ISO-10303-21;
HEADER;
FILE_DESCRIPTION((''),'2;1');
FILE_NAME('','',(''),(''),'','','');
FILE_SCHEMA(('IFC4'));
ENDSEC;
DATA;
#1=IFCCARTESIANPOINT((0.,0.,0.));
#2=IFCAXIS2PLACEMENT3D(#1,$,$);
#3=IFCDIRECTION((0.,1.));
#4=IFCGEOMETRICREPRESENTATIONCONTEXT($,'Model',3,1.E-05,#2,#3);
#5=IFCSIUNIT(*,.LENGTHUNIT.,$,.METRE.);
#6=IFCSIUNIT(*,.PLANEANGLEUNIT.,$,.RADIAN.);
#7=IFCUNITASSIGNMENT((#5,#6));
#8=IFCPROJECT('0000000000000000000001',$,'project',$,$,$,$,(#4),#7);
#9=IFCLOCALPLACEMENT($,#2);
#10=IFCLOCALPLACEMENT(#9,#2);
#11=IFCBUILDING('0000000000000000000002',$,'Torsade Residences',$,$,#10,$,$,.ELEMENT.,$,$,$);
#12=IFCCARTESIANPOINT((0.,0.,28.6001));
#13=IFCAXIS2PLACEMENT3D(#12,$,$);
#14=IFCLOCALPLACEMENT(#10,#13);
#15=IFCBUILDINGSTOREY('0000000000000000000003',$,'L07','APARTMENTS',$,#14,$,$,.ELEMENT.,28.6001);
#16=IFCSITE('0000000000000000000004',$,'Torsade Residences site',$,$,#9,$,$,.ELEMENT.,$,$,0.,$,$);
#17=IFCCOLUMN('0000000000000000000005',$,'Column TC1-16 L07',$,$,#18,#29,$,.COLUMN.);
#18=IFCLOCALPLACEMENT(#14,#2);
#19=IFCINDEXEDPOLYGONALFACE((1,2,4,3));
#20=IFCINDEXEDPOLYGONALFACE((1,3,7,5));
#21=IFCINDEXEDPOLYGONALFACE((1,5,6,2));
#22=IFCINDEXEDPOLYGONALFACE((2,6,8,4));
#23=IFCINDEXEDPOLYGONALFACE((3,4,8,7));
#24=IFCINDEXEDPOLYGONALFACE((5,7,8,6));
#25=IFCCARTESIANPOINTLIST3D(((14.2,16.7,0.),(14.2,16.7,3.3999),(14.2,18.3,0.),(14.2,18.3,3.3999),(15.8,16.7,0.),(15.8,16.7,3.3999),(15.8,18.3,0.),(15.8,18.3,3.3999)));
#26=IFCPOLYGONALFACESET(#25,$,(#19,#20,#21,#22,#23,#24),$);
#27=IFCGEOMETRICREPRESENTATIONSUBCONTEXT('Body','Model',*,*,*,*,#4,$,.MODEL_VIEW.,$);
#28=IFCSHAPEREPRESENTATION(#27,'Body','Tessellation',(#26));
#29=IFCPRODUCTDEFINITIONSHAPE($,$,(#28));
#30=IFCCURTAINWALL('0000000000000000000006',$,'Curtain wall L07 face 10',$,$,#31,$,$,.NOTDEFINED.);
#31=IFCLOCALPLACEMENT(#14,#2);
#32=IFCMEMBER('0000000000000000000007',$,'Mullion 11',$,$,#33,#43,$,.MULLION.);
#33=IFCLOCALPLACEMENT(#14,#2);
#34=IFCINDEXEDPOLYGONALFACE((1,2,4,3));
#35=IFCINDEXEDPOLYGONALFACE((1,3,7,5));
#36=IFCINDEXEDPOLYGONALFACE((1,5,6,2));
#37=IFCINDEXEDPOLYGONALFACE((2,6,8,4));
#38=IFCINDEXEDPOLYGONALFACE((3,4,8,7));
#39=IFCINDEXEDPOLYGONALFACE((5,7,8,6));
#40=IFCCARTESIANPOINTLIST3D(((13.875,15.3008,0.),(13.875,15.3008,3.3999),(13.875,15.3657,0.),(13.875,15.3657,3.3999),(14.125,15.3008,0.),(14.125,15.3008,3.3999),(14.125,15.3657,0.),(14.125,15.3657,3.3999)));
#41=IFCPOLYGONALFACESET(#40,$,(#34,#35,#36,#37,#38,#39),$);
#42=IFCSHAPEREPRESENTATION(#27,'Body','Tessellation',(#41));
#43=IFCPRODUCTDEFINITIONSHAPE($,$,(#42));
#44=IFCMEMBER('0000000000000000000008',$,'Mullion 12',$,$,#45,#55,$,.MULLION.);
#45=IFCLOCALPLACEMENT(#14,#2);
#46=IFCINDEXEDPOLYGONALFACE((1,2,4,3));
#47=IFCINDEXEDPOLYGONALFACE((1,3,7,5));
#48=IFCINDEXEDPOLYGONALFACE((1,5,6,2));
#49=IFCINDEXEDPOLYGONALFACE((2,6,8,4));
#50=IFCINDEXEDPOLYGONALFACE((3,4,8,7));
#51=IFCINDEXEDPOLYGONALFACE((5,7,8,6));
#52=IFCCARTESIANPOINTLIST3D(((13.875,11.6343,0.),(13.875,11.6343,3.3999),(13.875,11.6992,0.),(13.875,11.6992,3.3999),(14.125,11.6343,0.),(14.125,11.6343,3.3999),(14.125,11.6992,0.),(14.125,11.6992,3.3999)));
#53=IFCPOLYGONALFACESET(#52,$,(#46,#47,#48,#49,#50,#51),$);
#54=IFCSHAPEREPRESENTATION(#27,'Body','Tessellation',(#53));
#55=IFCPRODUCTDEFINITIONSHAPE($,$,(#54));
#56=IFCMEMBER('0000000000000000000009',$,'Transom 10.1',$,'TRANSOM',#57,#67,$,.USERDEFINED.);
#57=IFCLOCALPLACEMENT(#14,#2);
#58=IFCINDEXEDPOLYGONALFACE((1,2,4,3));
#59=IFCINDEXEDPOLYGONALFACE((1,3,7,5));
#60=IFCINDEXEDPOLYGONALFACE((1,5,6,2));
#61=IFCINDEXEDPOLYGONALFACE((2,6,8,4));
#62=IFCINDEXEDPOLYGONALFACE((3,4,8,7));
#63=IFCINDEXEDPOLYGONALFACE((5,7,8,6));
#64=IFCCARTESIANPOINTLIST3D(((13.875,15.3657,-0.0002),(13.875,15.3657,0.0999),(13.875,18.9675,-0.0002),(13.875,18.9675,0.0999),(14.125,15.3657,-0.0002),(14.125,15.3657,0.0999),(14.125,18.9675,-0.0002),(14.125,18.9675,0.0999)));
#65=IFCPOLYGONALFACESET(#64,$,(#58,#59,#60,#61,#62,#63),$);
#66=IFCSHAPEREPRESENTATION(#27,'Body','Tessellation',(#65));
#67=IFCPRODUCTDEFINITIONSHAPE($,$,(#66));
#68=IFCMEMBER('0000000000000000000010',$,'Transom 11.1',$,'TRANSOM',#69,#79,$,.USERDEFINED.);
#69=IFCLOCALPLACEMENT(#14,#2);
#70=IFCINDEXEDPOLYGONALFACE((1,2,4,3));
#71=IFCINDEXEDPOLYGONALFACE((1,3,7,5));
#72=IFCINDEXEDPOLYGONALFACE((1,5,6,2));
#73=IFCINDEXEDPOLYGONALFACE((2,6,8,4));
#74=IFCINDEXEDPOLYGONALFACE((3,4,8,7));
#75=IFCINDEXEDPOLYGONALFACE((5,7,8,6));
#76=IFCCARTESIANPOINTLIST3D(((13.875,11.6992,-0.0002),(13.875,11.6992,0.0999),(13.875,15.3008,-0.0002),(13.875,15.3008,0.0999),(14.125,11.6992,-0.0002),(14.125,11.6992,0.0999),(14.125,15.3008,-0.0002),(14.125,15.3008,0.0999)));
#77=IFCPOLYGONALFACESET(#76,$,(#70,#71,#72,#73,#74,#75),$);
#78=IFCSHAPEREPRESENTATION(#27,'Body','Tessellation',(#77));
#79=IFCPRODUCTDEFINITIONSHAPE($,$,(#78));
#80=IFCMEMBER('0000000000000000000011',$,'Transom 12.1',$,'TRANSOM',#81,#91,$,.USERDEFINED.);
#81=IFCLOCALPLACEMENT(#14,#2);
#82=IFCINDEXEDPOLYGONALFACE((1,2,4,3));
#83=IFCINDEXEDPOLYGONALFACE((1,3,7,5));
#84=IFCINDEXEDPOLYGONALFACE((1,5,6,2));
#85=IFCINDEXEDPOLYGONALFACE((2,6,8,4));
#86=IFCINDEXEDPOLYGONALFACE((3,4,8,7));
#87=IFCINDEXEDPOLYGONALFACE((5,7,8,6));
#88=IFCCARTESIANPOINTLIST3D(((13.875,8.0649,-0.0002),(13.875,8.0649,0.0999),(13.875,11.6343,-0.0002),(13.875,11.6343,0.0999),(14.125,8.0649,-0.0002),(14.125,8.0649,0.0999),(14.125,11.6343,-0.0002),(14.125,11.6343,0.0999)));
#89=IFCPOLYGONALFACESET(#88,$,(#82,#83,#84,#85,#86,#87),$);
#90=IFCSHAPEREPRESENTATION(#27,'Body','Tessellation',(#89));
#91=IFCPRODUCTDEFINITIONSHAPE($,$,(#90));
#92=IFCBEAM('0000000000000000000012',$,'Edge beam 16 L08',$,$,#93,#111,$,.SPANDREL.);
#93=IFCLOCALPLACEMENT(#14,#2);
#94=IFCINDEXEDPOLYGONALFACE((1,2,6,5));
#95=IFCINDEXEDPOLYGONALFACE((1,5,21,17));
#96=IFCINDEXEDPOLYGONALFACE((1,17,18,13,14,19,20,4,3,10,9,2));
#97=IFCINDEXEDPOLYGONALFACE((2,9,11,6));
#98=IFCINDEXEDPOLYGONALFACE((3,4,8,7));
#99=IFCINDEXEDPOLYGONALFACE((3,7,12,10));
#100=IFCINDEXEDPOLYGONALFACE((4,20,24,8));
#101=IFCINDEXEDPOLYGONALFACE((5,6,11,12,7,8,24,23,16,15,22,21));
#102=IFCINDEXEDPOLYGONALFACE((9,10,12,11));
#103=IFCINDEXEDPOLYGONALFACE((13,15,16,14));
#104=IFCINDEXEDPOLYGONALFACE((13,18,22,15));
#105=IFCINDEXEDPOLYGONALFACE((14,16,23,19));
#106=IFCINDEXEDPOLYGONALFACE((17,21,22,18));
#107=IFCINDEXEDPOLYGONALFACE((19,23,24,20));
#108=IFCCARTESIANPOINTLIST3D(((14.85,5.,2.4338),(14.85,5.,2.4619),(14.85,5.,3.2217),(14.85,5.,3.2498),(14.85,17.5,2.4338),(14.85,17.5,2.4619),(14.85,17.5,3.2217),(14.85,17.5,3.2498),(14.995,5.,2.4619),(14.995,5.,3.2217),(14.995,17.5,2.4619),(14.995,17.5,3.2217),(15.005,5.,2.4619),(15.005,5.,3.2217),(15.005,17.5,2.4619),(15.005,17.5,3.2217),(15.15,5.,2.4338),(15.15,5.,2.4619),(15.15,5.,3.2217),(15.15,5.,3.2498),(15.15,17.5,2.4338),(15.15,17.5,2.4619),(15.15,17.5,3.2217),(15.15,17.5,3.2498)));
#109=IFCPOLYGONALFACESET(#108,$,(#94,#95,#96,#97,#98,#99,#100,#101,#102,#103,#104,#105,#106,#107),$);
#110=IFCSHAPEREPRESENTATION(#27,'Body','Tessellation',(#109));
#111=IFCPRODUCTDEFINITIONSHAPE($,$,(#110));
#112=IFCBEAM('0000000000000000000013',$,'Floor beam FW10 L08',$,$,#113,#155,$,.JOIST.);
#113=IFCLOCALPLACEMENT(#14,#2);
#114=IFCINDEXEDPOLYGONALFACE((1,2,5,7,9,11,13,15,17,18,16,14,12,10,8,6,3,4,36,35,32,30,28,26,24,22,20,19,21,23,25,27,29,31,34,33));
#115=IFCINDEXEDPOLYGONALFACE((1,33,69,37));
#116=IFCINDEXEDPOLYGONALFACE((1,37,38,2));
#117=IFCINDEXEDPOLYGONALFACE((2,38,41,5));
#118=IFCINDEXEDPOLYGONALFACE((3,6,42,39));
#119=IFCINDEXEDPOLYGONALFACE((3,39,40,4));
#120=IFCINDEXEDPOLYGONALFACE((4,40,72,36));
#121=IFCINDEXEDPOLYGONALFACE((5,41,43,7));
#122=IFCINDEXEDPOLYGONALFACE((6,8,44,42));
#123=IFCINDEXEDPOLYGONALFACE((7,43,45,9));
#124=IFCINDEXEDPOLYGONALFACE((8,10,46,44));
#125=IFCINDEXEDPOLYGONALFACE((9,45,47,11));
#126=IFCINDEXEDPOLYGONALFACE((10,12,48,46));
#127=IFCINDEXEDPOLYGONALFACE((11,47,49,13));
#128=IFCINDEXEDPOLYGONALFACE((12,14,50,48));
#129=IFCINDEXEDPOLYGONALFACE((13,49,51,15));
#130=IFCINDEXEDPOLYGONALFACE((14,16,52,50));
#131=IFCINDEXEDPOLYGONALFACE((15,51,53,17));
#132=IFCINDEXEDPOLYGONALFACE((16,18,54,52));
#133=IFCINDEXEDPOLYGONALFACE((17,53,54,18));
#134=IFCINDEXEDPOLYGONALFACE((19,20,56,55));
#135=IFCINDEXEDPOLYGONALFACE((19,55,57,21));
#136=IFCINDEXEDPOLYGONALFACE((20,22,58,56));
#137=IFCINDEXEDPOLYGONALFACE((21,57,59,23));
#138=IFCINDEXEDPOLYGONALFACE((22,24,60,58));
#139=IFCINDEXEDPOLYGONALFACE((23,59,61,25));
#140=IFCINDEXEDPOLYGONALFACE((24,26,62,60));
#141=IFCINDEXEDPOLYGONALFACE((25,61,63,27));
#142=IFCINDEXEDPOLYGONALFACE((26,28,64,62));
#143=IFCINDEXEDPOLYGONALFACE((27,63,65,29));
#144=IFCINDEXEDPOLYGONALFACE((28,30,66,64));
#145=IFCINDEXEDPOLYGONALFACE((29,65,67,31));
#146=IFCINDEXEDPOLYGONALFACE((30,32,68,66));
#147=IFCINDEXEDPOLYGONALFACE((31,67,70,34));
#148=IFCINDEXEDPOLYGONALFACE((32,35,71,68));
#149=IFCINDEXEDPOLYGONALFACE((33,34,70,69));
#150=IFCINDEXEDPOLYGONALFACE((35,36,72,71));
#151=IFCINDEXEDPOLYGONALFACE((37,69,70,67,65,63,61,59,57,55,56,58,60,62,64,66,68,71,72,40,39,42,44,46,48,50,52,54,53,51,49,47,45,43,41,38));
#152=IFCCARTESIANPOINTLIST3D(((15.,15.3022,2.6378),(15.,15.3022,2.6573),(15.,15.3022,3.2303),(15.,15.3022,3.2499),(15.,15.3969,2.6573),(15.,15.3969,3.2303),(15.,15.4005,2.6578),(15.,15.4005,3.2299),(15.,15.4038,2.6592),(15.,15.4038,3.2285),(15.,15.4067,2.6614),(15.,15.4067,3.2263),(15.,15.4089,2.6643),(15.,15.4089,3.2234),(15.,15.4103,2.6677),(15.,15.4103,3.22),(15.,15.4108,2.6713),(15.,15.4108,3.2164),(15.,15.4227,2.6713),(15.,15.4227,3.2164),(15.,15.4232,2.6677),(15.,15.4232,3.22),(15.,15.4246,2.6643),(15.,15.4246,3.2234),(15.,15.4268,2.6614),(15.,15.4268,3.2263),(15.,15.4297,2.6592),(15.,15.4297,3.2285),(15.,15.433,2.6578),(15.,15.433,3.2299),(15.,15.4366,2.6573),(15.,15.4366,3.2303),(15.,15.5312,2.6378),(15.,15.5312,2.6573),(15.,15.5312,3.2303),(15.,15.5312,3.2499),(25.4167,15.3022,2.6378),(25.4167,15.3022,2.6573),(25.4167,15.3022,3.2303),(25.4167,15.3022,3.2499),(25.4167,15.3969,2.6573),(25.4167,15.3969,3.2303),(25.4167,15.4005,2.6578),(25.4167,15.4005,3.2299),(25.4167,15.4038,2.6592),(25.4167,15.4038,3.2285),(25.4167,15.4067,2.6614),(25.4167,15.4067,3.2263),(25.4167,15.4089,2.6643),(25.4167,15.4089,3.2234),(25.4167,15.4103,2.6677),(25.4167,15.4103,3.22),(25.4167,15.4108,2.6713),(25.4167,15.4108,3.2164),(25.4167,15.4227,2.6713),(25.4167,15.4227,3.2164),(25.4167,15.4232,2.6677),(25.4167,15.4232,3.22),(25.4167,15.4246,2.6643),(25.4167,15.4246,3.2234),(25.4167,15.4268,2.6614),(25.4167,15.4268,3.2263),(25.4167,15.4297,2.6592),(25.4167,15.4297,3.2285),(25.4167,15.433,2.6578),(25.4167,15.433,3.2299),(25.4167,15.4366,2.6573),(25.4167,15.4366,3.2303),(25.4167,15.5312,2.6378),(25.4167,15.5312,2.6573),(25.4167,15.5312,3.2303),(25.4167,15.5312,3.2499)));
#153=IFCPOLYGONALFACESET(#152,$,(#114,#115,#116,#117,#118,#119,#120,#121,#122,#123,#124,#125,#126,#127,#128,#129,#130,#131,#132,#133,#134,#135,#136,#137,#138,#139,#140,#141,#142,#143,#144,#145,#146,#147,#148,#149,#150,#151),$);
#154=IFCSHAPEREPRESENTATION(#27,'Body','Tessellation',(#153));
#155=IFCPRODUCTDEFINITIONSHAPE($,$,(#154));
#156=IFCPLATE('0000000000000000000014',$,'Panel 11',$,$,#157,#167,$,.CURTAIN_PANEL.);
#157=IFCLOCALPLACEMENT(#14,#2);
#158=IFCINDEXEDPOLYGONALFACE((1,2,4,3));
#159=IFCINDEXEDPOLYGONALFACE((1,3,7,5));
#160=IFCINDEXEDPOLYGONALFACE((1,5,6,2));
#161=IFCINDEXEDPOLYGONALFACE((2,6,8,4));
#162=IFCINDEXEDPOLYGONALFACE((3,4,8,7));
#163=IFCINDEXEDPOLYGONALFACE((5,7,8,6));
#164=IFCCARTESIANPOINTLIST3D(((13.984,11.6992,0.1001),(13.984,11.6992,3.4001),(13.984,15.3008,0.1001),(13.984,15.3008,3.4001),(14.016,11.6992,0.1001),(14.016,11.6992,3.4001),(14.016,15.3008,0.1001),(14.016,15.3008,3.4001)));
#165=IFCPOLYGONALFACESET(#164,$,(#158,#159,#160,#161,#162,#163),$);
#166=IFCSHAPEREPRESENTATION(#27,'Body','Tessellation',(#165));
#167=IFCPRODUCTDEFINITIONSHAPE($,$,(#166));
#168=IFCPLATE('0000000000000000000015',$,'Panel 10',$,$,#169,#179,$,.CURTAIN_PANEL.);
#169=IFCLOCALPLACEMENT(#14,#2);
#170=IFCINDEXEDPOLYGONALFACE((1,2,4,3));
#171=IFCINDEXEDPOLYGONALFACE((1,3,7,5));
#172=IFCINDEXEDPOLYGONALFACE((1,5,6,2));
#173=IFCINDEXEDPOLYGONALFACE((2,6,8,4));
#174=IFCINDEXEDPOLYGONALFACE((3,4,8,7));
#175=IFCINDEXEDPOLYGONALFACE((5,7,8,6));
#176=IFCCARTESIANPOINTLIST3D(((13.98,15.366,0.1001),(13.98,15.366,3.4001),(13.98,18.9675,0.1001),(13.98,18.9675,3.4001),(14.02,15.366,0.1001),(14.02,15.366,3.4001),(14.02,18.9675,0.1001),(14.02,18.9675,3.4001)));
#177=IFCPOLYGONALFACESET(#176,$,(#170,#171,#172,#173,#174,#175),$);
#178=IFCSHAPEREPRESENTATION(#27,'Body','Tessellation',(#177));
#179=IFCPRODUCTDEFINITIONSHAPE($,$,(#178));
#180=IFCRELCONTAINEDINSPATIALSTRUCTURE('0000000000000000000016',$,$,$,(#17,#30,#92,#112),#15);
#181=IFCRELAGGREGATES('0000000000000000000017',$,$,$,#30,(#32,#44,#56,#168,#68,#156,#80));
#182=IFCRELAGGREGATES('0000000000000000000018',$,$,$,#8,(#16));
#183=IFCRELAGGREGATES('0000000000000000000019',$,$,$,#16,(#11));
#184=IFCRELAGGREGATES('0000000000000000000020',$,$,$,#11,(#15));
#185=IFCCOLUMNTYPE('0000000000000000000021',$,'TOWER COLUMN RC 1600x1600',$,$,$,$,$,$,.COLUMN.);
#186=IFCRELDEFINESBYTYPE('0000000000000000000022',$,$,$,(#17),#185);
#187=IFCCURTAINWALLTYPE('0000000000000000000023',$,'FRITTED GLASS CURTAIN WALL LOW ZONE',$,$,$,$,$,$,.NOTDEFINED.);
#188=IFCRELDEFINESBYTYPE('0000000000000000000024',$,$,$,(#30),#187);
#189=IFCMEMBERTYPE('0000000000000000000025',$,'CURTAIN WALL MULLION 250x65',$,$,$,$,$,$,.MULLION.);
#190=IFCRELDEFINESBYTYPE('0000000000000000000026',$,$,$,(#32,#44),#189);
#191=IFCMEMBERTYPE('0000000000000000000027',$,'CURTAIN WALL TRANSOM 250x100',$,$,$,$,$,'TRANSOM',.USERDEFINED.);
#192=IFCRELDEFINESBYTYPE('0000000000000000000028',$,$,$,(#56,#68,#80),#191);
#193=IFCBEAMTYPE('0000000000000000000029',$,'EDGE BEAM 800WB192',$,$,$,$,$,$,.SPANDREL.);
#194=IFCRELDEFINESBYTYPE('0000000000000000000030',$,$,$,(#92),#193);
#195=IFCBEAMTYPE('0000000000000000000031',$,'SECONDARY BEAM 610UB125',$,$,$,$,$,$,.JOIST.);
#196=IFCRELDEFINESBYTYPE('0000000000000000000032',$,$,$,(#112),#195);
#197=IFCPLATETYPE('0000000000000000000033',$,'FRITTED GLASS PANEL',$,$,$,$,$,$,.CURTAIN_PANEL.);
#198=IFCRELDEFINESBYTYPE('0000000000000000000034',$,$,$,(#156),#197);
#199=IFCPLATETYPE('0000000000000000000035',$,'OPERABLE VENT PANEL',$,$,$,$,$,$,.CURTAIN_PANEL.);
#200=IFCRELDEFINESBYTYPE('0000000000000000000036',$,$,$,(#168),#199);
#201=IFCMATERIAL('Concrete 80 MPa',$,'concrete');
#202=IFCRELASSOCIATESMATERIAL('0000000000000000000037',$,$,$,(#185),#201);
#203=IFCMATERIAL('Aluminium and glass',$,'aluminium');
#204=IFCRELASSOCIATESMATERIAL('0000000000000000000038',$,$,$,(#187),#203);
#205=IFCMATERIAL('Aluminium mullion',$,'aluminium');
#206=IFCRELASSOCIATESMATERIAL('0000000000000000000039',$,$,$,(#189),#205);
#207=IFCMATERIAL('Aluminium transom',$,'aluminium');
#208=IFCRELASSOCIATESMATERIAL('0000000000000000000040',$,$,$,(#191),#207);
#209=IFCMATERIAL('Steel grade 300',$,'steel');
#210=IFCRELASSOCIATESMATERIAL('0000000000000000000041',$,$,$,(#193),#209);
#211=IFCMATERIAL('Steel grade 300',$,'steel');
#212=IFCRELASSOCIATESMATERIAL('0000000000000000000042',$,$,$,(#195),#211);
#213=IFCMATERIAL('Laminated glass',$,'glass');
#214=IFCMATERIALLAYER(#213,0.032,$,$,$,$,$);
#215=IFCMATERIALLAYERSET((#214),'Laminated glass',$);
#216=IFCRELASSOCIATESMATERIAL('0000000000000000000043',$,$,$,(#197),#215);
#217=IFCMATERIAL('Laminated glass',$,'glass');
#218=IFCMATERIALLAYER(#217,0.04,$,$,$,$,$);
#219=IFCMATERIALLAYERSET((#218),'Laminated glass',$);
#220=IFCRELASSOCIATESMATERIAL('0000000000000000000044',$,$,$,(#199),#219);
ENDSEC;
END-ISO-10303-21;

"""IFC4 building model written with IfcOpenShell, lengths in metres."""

from ifc_helpers import new_model, si_unit, direction, frame, origin, origin_2d, place, context, subcontext, project, spatial, rectangle, i_section, extrude, material, layer, layer_set, material_profile, profile_set, type_object, element, aggregate, save


model = new_model("IFC4")

# Units and contexts
model_context = context("Model", 3, precision=1e-05, world=origin(), true_north=direction((0.0, 1.0)))
body_context = subcontext(model_context, "Body", "Model", "MODEL_VIEW")
ifc_project = project(units=[si_unit("LENGTHUNIT", "METRE"), si_unit("PLANEANGLEUNIT", "RADIAN")], contexts=[model_context])

# Site, building, storey
site_placement = place(None, origin())
site = spatial("IfcSite", under=ifc_project, at=site_placement, Name="Torsade Residences site", CompositionType="ELEMENT", RefElevation=0.0)
building_placement = place(site_placement, origin())
building = spatial("IfcBuilding", under=site, at=building_placement, Name="Torsade Residences", CompositionType="ELEMENT")
storey_placement = place(building_placement, frame((0.0, 0.0, 28.6001)))
storey = spatial("IfcBuildingStorey", under=building, at=storey_placement, Name="L07", Description="APARTMENTS", CompositionType="ELEMENT", Elevation=28.6001)

# Column
ifc_material_1 = material(Name="Concrete 80 MPa", Category="concrete")
ifc_material_profile_1 = material_profile(ifc_material_1, rectangle(XDim=1.6001, YDim=1.6001, at=origin_2d()), Name="RC 1600x1600")
ifc_profile_set_1 = profile_set([ifc_material_profile_1], Name="Concrete 80 MPa")
column_type = type_object("IfcColumnType", Name="TOWER COLUMN RC 1600x1600", PredefinedType="COLUMN", material=ifc_profile_set_1)
column_placement = place(storey_placement, frame((15.0, 17.5, 0.0), z_axis=(0.0, 0.0, 1.0), x_axis=(1.0, 0.0, 0.0)))
element("IfcColumn", 1, at=column_placement, inside=storey, type_object=column_type, Name="Column TC1-16 L07", PredefinedType="COLUMN", context=body_context, shape_type="SweptSolid", body=[
    extrude(rectangle(XDim=1.6001, YDim=1.6001, at=origin_2d()), origin(), (0.0, 0.0, 1.0), 3.3999),
])

# Curtain wall, members
ifc_material_2 = material(Name="Aluminium and glass", Category="aluminium")
curtain_wall_type = type_object("IfcCurtainWallType", Name="FRITTED GLASS CURTAIN WALL LOW ZONE", PredefinedType="NOTDEFINED", material=ifc_material_2)
curtain_wall_placement = place(storey_placement, origin())
curtain_wall = element("IfcCurtainWall", 2, at=curtain_wall_placement, inside=storey, type_object=curtain_wall_type, Name="Curtain wall L07 face 10", PredefinedType="NOTDEFINED")
ifc_material_3 = material(Name="Aluminium mullion", Category="aluminium")
ifc_material_profile_2 = material_profile(ifc_material_3, rectangle(XDim=0.25, YDim=0.0649, at=origin_2d()), Name="CURTAIN WALL MULLION 250x65")
ifc_profile_set_2 = profile_set([ifc_material_profile_2], Name="Aluminium mullion")
member_type_1 = type_object("IfcMemberType", Name="CURTAIN WALL MULLION 250x65", PredefinedType="MULLION", material=ifc_profile_set_2)
member_1_placement = place(storey_placement, frame((14.0, 15.3333, 0.0), z_axis=(0.0, 0.0, 1.0), x_axis=(1.0, 0.0, 0.0)))
member_1 = element("IfcMember", 3, at=member_1_placement, type_object=member_type_1, Name="Mullion 11", PredefinedType="MULLION", context=body_context, shape_type="SweptSolid", body=[
    extrude(rectangle(XDim=0.25, YDim=0.0649, at=origin_2d()), origin(), (0.0, 0.0, 1.0), 3.3999),
])
member_2_placement = place(storey_placement, frame((14.0, 11.6667, 0.0), z_axis=(0.0, 0.0, 1.0), x_axis=(1.0, 0.0, 0.0)))
member_2 = element("IfcMember", 4, at=member_2_placement, type_object=member_type_1, Name="Mullion 12", PredefinedType="MULLION", context=body_context, shape_type="SweptSolid", body=[
    extrude(rectangle(XDim=0.25, YDim=0.0649, at=origin_2d()), origin(), (0.0, 0.0, 1.0), 3.3999),
])
ifc_material_4 = material(Name="Aluminium transom", Category="aluminium")
ifc_material_profile_3 = material_profile(ifc_material_4, rectangle(XDim=0.25, YDim=0.1001, at=origin_2d()), Name="CURTAIN WALL TRANSOM 250x100")
ifc_profile_set_3 = profile_set([ifc_material_profile_3], Name="Aluminium transom")
member_type_2 = type_object("IfcMemberType", Name="CURTAIN WALL TRANSOM 250x100", ElementType="TRANSOM", PredefinedType="USERDEFINED", material=ifc_profile_set_3)
member_3_placement = place(storey_placement, frame((14.0, 18.9675, 0.0498), z_axis=(0.0, -1.0, 0.0), x_axis=(1.0, 0.0, 0.0)))
member_3 = element("IfcMember", 5, at=member_3_placement, type_object=member_type_2, Name="Transom 10.1", ObjectType="TRANSOM", PredefinedType="USERDEFINED", context=body_context, shape_type="SweptSolid", body=[
    extrude(rectangle(XDim=0.25, YDim=0.1001, at=origin_2d()), origin(), (0.0, 0.0, 1.0), 3.6018),
])
member_4_placement = place(storey_placement, frame((14.0, 15.3008, 0.0498), z_axis=(0.0, -1.0, 0.0), x_axis=(1.0, 0.0, 0.0)))
member_4 = element("IfcMember", 6, at=member_4_placement, type_object=member_type_2, Name="Transom 11.1", ObjectType="TRANSOM", PredefinedType="USERDEFINED", context=body_context, shape_type="SweptSolid", body=[
    extrude(rectangle(XDim=0.25, YDim=0.1001, at=origin_2d()), origin(), (0.0, 0.0, 1.0), 3.6016),
])
member_5_placement = place(storey_placement, frame((14.0, 11.6343, 0.0498), z_axis=(0.0, -1.0, 0.0), x_axis=(1.0, 0.0, 0.0)))
member_5 = element("IfcMember", 7, at=member_5_placement, type_object=member_type_2, Name="Transom 12.1", ObjectType="TRANSOM", PredefinedType="USERDEFINED", context=body_context, shape_type="SweptSolid", body=[
    extrude(rectangle(XDim=0.25, YDim=0.1001, at=origin_2d()), origin(), (0.0, 0.0, 1.0), 3.5693),
])

# Beams
ifc_material_5 = material(Name="Steel grade 300", Category="steel")
ifc_material_profile_4 = material_profile(ifc_material_5, i_section(OverallWidth=0.3, OverallDepth=0.8159, WebThickness=0.01, FlangeThickness=0.0281, at=origin_2d()), Name="800WB192")
ifc_profile_set_4 = profile_set([ifc_material_profile_4], Name="Steel grade 300")
beam_type_1 = type_object("IfcBeamType", Name="EDGE BEAM 800WB192", PredefinedType="SPANDREL", material=ifc_profile_set_4)
beam_1_placement = place(storey_placement, frame((15.0, 17.5, 2.8418), z_axis=(0.0, -1.0, 0.0), x_axis=(1.0, 0.0, 0.0)))
element("IfcBeam", 8, at=beam_1_placement, inside=storey, type_object=beam_type_1, Name="Edge beam 16 L08", PredefinedType="SPANDREL", context=body_context, shape_type="SweptSolid", body=[
    extrude(i_section(OverallWidth=0.3, OverallDepth=0.8159, WebThickness=0.01, FlangeThickness=0.0281, at=origin_2d()), origin(), (0.0, 0.0, 1.0), 12.5),
])
ifc_material_6 = material(Name="Steel grade 300", Category="steel")
ifc_material_profile_5 = material_profile(ifc_material_6, i_section(OverallWidth=0.229, OverallDepth=0.6121, WebThickness=0.012, FlangeThickness=0.0195, FilletRadius=0.0139, at=origin_2d()), Name="610UB125")
ifc_profile_set_5 = profile_set([ifc_material_profile_5], Name="Steel grade 300")
beam_type_2 = type_object("IfcBeamType", Name="SECONDARY BEAM 610UB125", PredefinedType="JOIST", material=ifc_profile_set_5)
beam_2_placement = place(storey_placement, frame((15.0, 15.4167, 2.9438), z_axis=(1.0, 0.0, 0.0), x_axis=(0.0, 1.0, 0.0)))
element("IfcBeam", 9, at=beam_2_placement, inside=storey, type_object=beam_type_2, Name="Floor beam FW10 L08", PredefinedType="JOIST", context=body_context, shape_type="SweptSolid", body=[
    extrude(i_section(OverallWidth=0.229, OverallDepth=0.6121, WebThickness=0.012, FlangeThickness=0.0195, FilletRadius=0.0139, at=origin_2d()), origin(), (0.0, 0.0, 1.0), 10.4167),
])

# Plates
ifc_material_7 = material(Name="Laminated glass", Category="glass")
ifc_layer_1 = layer(ifc_material_7, 0.032)
ifc_layer_set_1 = layer_set([ifc_layer_1], Name="Laminated glass")
plate_type_1 = type_object("IfcPlateType", Name="FRITTED GLASS PANEL", PredefinedType="CURTAIN_PANEL", material=ifc_layer_set_1)
plate_1_placement = place(storey_placement, frame((14.0, 13.5, 0.1001), z_axis=(0.0, 0.0, 1.0), x_axis=(0.0, -1.0, 0.0)))
plate_1 = element("IfcPlate", 10, at=plate_1_placement, type_object=plate_type_1, Name="Panel 11", PredefinedType="CURTAIN_PANEL", context=body_context, shape_type="SweptSolid", body=[
    extrude(rectangle(XDim=3.6016, YDim=0.032, at=origin_2d()), origin(), (0.0, 0.0, 1.0), 3.3),
])
ifc_material_8 = material(Name="Laminated glass", Category="glass")
ifc_layer_2 = layer(ifc_material_8, 0.04)
ifc_layer_set_2 = layer_set([ifc_layer_2], Name="Laminated glass")
plate_type_2 = type_object("IfcPlateType", Name="OPERABLE VENT PANEL", PredefinedType="CURTAIN_PANEL", material=ifc_layer_set_2)
plate_2_placement = place(storey_placement, frame((14.0, 17.1667, 0.1001), z_axis=(0.0, 0.0, 1.0), x_axis=(0.0, -1.0, 0.0)))
plate_2 = element("IfcPlate", 11, at=plate_2_placement, type_object=plate_type_2, Name="Panel 10", PredefinedType="CURTAIN_PANEL", context=body_context, shape_type="SweptSolid", body=[
    extrude(rectangle(XDim=3.6016, YDim=0.04, at=origin_2d()), origin(), (0.0, 0.0, 1.0), 3.3),
])
aggregate(curtain_wall, [member_1, member_2, member_3, plate_2, member_4, plate_1, member_5])

save(model, "model.ifc")
